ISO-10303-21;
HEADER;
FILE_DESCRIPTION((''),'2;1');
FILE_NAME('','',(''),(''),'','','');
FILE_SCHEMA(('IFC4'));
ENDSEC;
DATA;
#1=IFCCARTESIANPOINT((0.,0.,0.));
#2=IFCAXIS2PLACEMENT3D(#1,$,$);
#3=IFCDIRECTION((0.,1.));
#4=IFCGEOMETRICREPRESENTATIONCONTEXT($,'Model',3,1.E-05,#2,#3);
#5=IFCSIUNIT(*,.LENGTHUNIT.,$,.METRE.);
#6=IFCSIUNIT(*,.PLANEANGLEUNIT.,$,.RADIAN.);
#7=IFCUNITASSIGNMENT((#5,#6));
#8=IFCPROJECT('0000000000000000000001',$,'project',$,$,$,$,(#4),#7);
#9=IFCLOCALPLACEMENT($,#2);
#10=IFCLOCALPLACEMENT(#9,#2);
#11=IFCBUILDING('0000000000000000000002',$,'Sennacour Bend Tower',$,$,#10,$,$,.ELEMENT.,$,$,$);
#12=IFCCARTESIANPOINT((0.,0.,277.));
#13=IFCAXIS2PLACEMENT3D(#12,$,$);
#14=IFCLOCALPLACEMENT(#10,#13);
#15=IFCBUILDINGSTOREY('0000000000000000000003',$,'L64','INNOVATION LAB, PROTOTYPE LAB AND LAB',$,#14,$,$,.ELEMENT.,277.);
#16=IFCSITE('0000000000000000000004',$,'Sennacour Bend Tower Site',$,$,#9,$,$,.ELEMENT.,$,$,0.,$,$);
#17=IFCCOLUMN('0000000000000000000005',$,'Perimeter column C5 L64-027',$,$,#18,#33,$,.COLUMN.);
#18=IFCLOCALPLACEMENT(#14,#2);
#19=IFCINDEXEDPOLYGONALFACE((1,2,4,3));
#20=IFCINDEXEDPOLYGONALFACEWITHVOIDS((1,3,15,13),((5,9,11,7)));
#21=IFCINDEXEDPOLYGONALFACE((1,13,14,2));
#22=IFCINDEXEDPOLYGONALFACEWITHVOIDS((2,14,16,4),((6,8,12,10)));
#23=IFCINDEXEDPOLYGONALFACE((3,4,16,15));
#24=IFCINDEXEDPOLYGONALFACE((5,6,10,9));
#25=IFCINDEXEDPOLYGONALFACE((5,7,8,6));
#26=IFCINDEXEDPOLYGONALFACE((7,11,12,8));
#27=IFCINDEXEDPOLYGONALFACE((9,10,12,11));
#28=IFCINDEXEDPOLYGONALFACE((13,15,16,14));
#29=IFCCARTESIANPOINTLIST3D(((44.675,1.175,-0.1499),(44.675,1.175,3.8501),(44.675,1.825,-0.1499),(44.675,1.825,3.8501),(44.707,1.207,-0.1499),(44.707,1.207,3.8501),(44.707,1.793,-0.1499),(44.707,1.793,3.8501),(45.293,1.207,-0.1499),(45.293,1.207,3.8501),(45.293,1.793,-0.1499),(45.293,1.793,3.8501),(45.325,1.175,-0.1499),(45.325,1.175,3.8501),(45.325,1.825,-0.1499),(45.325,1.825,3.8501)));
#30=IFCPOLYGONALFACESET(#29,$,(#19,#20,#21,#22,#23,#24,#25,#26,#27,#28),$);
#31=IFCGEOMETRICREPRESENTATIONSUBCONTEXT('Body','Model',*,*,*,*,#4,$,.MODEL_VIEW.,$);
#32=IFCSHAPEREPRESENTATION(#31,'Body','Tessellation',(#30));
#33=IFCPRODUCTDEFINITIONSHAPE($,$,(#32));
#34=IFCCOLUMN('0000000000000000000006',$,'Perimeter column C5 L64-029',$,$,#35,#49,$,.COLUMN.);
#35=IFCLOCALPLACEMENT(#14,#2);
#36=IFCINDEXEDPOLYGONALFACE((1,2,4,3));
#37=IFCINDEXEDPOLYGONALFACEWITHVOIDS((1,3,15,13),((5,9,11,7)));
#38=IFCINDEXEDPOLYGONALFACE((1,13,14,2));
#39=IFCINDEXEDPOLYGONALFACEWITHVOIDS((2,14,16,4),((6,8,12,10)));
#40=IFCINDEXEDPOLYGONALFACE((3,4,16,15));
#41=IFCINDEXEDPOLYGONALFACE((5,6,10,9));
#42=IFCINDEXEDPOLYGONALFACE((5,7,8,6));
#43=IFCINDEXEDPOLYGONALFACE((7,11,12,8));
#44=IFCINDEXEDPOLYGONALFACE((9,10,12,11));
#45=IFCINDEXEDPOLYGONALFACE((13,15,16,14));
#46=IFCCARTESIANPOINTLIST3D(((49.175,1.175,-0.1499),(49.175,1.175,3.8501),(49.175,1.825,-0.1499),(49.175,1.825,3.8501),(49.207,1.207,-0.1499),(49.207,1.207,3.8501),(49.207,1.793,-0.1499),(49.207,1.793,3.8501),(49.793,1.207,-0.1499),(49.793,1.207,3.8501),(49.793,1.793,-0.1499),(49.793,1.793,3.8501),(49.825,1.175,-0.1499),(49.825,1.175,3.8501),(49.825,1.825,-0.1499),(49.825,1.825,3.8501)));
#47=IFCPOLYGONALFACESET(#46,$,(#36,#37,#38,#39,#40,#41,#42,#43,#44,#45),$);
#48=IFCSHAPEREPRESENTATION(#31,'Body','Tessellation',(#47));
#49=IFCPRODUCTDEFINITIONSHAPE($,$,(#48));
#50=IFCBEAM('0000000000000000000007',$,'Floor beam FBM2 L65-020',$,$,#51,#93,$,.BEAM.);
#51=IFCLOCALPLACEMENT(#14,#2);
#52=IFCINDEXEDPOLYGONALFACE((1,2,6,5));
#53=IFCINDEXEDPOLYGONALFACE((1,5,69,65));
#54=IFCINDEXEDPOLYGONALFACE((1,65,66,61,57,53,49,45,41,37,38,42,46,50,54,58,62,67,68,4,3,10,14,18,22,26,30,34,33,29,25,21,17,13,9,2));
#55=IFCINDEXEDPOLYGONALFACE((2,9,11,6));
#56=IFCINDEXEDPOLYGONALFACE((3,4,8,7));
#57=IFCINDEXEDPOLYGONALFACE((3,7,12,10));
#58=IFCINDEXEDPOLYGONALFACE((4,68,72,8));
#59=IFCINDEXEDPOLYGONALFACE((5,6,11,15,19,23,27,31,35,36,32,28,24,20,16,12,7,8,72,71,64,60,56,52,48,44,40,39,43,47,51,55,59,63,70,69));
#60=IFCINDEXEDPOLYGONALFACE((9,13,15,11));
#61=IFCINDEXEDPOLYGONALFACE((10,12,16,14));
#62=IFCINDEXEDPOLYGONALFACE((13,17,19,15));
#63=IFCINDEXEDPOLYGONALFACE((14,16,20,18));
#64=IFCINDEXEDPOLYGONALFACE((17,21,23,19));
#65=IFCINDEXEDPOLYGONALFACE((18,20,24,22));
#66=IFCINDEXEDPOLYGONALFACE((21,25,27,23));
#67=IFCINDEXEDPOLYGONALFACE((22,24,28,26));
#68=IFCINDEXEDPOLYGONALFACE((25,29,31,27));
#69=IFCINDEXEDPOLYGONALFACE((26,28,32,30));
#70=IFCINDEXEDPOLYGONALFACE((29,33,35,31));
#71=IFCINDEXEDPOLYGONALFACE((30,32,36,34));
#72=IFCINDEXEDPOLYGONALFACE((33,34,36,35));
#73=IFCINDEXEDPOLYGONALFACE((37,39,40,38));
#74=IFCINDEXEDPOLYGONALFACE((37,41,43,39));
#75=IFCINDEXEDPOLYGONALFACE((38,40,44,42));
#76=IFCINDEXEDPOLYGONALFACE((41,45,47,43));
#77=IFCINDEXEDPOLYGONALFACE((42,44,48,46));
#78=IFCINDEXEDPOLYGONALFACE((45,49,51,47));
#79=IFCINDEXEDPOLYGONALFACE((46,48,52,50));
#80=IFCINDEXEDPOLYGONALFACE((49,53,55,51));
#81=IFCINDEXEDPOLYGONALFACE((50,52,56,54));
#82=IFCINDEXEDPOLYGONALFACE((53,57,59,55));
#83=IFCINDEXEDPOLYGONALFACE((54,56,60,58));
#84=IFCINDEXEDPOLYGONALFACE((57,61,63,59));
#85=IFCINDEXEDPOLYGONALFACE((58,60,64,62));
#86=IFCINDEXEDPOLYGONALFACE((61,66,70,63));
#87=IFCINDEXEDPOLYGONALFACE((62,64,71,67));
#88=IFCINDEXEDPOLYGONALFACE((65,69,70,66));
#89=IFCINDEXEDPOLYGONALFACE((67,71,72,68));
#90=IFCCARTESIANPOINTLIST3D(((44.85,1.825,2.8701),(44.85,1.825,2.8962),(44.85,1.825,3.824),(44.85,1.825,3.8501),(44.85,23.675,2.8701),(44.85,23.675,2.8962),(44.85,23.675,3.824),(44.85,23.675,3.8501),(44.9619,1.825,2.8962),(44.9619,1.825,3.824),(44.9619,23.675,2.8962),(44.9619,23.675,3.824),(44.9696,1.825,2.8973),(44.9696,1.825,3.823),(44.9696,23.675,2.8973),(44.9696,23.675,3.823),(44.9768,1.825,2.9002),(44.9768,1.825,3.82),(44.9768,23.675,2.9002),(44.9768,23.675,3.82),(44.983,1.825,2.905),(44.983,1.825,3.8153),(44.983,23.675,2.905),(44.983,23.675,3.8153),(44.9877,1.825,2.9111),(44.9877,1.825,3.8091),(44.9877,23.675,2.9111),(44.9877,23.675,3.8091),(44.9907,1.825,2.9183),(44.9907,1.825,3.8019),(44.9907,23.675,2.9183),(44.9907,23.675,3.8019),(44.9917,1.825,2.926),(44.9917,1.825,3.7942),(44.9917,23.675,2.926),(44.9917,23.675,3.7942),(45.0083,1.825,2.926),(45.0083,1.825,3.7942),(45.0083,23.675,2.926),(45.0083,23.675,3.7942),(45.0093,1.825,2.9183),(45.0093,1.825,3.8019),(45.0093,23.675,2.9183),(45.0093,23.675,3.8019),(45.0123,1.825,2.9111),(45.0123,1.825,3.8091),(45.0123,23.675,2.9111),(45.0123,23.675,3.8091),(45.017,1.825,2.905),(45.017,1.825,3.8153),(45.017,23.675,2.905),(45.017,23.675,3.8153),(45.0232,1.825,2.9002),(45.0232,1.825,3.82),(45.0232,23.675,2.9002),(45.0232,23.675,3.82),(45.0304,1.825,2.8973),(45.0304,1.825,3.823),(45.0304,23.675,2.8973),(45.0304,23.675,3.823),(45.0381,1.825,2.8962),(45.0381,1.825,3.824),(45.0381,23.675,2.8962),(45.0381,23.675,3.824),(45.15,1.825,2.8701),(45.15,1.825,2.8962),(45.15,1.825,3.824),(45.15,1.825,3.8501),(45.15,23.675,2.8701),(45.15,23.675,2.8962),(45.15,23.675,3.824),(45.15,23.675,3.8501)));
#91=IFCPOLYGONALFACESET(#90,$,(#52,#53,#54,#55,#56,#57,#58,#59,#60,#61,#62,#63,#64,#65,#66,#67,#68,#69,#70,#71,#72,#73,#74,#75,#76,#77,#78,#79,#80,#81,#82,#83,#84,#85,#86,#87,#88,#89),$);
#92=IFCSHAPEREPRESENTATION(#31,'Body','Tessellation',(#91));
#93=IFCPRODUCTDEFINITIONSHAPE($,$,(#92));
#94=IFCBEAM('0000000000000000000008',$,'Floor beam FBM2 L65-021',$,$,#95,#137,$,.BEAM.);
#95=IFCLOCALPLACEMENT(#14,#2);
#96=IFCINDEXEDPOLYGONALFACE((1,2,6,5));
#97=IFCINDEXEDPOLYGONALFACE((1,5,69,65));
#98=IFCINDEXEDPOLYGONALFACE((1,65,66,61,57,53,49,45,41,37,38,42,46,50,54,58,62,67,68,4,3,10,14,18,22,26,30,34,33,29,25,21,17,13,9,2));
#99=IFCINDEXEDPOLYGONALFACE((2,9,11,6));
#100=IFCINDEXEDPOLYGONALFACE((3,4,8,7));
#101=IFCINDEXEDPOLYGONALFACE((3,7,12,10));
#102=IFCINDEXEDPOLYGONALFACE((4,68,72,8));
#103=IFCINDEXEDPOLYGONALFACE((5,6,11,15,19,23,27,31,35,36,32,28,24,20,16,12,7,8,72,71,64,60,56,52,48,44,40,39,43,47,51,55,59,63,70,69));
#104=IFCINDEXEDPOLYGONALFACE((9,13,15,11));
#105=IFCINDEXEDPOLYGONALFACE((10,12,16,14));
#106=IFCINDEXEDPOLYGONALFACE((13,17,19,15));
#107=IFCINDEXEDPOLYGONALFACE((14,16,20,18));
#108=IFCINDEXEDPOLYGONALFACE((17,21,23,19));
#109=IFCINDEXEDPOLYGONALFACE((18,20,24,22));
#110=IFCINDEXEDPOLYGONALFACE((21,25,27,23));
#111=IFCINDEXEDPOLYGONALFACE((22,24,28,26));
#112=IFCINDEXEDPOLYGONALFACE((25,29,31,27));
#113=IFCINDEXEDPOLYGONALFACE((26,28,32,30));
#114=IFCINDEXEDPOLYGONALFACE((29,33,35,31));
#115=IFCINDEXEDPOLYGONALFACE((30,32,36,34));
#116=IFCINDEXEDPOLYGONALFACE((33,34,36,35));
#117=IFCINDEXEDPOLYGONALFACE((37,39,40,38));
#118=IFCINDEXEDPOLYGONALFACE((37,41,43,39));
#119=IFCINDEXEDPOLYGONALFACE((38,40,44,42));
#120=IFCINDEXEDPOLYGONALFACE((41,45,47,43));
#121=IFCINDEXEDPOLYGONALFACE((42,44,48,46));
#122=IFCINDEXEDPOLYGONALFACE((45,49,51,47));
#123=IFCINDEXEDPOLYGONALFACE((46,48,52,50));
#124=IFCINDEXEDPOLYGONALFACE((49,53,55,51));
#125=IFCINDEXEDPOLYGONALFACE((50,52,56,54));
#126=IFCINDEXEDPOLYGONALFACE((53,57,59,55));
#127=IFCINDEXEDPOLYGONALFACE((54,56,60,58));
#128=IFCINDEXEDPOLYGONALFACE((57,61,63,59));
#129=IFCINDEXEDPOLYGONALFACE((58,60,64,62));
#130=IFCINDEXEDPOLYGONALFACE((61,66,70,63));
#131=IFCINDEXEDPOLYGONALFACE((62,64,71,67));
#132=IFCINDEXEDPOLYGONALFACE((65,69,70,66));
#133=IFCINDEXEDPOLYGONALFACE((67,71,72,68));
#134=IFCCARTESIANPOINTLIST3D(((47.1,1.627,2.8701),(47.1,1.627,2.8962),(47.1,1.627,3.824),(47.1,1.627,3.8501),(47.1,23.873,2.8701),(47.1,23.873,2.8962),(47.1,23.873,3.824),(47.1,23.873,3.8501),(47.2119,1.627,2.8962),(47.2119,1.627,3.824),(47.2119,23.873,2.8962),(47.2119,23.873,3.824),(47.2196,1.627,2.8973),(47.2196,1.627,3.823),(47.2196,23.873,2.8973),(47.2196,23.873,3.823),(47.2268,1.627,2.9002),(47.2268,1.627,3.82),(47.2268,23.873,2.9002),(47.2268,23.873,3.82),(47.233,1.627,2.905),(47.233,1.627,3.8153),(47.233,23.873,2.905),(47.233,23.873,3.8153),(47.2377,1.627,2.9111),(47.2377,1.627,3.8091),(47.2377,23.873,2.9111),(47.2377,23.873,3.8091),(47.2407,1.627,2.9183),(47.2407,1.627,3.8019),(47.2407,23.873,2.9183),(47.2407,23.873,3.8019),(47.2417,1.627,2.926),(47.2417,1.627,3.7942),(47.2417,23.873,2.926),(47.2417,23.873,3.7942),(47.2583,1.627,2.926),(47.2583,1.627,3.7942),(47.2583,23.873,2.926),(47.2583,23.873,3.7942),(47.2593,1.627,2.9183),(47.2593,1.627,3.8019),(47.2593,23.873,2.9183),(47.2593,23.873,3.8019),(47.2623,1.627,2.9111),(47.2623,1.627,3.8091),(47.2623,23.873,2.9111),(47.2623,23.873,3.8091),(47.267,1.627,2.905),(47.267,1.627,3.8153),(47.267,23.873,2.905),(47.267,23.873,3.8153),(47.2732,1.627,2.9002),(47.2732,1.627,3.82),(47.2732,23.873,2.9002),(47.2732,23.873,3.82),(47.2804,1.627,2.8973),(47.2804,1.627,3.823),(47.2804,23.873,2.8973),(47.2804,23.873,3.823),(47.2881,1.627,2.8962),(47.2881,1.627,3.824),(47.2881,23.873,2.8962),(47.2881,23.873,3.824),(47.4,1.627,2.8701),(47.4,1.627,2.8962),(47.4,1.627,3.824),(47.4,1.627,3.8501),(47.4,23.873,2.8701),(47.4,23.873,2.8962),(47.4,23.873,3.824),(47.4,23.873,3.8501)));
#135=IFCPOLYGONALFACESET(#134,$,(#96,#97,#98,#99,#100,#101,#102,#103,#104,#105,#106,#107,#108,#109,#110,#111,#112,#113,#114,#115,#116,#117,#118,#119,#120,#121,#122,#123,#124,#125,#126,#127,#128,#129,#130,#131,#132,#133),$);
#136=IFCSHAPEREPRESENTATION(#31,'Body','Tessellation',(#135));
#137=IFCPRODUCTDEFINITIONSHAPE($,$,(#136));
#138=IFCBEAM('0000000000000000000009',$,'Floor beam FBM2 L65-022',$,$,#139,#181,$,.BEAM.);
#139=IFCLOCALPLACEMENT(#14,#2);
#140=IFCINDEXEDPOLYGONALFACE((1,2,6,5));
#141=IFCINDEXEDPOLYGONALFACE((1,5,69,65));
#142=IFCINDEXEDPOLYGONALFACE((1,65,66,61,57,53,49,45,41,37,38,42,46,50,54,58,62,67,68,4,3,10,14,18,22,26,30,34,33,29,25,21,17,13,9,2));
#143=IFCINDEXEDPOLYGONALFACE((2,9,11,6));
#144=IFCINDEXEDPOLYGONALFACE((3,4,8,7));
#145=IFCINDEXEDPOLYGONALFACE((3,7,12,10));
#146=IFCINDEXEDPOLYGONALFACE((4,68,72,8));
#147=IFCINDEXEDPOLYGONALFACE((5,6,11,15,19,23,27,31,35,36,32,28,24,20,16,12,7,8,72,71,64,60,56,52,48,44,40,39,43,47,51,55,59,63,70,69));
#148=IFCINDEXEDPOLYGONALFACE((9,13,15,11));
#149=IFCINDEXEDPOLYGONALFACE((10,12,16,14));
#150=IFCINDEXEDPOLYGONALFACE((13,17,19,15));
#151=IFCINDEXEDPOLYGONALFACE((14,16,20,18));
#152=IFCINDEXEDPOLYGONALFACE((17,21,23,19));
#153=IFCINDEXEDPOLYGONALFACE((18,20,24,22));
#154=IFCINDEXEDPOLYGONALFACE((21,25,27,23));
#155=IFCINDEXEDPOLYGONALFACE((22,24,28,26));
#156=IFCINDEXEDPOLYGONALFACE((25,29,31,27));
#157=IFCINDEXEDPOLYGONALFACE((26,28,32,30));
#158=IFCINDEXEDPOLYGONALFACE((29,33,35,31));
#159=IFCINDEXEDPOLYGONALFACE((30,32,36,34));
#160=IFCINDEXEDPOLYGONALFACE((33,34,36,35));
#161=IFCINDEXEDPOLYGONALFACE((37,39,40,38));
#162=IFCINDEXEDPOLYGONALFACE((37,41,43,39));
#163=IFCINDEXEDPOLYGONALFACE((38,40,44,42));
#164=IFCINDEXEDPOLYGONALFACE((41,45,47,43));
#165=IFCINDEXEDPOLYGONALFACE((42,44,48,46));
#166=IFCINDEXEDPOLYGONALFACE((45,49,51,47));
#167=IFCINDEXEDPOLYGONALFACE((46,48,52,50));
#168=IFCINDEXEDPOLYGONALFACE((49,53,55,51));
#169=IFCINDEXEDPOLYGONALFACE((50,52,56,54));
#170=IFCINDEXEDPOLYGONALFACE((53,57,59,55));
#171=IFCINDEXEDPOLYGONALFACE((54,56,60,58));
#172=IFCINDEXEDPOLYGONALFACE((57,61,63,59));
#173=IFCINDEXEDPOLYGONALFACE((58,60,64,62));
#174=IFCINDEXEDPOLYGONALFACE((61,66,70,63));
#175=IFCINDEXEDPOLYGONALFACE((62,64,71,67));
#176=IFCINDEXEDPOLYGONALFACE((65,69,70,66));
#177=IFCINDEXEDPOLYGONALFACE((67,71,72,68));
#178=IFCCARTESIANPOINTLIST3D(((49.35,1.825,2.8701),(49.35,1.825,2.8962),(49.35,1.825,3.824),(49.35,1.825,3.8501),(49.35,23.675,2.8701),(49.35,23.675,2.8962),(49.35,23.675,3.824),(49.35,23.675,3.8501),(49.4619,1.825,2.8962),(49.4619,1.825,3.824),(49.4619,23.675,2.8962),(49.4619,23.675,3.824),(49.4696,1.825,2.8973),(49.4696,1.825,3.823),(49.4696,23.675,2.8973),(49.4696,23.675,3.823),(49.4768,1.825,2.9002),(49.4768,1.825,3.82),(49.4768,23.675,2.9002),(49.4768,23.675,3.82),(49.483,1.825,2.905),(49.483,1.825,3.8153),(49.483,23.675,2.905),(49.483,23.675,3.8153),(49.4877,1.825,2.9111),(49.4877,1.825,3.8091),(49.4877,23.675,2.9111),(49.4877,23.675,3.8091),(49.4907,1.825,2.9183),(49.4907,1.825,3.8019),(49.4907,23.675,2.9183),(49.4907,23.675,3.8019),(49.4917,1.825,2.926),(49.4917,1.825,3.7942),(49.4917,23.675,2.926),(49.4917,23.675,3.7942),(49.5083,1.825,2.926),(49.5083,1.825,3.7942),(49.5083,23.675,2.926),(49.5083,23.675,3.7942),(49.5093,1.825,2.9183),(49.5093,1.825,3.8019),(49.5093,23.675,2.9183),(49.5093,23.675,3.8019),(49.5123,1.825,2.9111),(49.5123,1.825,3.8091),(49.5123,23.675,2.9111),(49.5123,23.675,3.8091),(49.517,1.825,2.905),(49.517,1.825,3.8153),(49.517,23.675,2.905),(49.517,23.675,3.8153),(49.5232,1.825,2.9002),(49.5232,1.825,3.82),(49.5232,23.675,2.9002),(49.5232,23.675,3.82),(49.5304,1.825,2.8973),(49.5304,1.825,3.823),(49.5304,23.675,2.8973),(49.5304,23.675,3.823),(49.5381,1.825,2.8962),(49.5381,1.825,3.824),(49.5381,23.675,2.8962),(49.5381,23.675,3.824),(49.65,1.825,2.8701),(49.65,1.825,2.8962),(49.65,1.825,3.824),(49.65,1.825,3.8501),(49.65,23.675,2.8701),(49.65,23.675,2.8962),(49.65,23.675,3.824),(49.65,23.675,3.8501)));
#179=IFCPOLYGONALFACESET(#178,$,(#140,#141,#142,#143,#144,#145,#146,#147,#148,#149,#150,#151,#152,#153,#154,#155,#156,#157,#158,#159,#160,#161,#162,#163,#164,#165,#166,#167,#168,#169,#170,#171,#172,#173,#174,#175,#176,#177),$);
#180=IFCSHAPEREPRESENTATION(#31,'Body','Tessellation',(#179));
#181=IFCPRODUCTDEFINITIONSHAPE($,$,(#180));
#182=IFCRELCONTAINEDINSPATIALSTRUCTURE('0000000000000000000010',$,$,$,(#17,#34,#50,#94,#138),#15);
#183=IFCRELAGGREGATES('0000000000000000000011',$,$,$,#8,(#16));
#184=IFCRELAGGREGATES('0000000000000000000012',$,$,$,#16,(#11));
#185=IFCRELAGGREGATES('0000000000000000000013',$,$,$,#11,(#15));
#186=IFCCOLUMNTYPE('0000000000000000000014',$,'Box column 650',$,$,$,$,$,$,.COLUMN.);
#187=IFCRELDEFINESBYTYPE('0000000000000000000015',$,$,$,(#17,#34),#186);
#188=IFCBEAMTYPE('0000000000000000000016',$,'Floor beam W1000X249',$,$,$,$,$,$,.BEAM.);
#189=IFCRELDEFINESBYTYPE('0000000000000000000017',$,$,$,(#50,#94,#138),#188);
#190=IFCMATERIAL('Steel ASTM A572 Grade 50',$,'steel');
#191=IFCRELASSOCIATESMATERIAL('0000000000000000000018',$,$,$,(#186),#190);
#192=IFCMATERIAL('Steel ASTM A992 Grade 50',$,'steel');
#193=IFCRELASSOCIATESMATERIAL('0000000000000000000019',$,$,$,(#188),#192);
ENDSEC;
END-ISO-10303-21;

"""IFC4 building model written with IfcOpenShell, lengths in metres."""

from ifc_helpers import new_model, si_unit, direction, frame, origin, origin_2d, place, context, subcontext, project, spatial, hollow_rectangle, i_section, extrude, material, material_profile, profile_set, type_object, element, save


model = new_model("IFC4")

# Units and contexts
model_context = context("Model", 3, precision=1e-05, world=origin(), true_north=direction((0.0, 1.0)))
body_context = subcontext(model_context, "Body", "Model", "MODEL_VIEW")
ifc_project = project(units=[si_unit("LENGTHUNIT", "METRE"), si_unit("PLANEANGLEUNIT", "RADIAN")], contexts=[model_context])

# Site, building, storey
site_placement = place(None, origin())
site = spatial("IfcSite", under=ifc_project, at=site_placement, Name="Sennacour Bend Tower Site", CompositionType="ELEMENT", RefElevation=0.0)
building_placement = place(site_placement, origin())
building = spatial("IfcBuilding", under=site, at=building_placement, Name="Sennacour Bend Tower", CompositionType="ELEMENT")
storey_placement = place(building_placement, frame((0.0, 0.0, 277.0)))
storey = spatial("IfcBuildingStorey", under=building, at=storey_placement, Name="L64", Description="INNOVATION LAB, PROTOTYPE LAB AND LAB", CompositionType="ELEMENT", Elevation=277.0)

# Columns
ifc_material_1 = material(Name="Steel ASTM A572 Grade 50", Category="steel")
ifc_material_profile_1 = material_profile(ifc_material_1, hollow_rectangle(XDim=0.6499, YDim=0.6499, WallThickness=0.032, at=origin_2d()), Name="Steel ASTM A572 Grade 50", Category="steel")
ifc_profile_set_1 = profile_set([ifc_material_profile_1], Name="Steel ASTM A572 Grade 50")
column_type = type_object("IfcColumnType", Name="Box column 650", PredefinedType="COLUMN", material=ifc_profile_set_1)
for number, where, z_axis, x_axis, name in (
    (1, (45.0, 1.5, -0.1499), (0.0, 0.0, 1.0), (1.0, 0.0, 0.0), "Perimeter column C5 L64-027"),
    (2, (49.5, 1.5, -0.1499), (0.0, 0.0, 1.0), (1.0, 0.0, 0.0), "Perimeter column C5 L64-029"),
):
    element("IfcColumn", number, at=place(storey_placement, frame(where, z_axis=z_axis, x_axis=x_axis)), inside=storey, type_object=column_type, Name=name, PredefinedType="COLUMN", context=body_context, shape_type="SweptSolid", body=[
        extrude(hollow_rectangle(XDim=0.6499, YDim=0.6499, WallThickness=0.032, at=origin_2d()), origin(), (0.0, 0.0, 1.0), 4.0),
    ])

# Beams
ifc_material_2 = material(Name="Steel ASTM A992 Grade 50", Category="steel")
ifc_material_profile_2 = material_profile(ifc_material_2, i_section(OverallWidth=0.3, OverallDepth=0.98, WebThickness=0.0166, FlangeThickness=0.0261, FilletRadius=0.0298, at=origin_2d()), Name="Steel ASTM A992 Grade 50", Category="steel")
ifc_profile_set_2 = profile_set([ifc_material_profile_2], Name="Steel ASTM A992 Grade 50")
beam_type_1 = type_object("IfcBeamType", Name="Floor beam W1000X249", PredefinedType="BEAM", material=ifc_profile_set_2)
beam_1_placement = place(storey_placement, frame((45.0, 1.825, 3.3601), z_axis=(0.0, 1.0, 0.0), x_axis=(-1.0, 0.0, 0.0)))
element("IfcBeam", 3, at=beam_1_placement, inside=storey, type_object=beam_type_1, Name="Floor beam FBM2 L65-020", PredefinedType="BEAM", context=body_context, shape_type="SweptSolid", body=[
    extrude(i_section(OverallWidth=0.3, OverallDepth=0.98, WebThickness=0.0166, FlangeThickness=0.0261, FilletRadius=0.0298, at=origin_2d()), origin(), (0.0, 0.0, 1.0), 21.8501),
])
beam_2_placement = place(storey_placement, frame((47.25, 1.627, 3.3601), z_axis=(0.0, 1.0, 0.0), x_axis=(-1.0, 0.0, 0.0)))
element("IfcBeam", 4, at=beam_2_placement, inside=storey, type_object=beam_type_1, Name="Floor beam FBM2 L65-021", PredefinedType="BEAM", context=body_context, shape_type="SweptSolid", body=[
    extrude(i_section(OverallWidth=0.3, OverallDepth=0.98, WebThickness=0.0166, FlangeThickness=0.0261, FilletRadius=0.0298, at=origin_2d()), origin(), (0.0, 0.0, 1.0), 22.2461),
])
beam_3_placement = place(storey_placement, frame((49.5, 1.825, 3.3601), z_axis=(0.0, 1.0, 0.0), x_axis=(-1.0, 0.0, 0.0)))
element("IfcBeam", 5, at=beam_3_placement, inside=storey, type_object=beam_type_1, Name="Floor beam FBM2 L65-022", PredefinedType="BEAM", context=body_context, shape_type="SweptSolid", body=[
    extrude(i_section(OverallWidth=0.3, OverallDepth=0.98, WebThickness=0.0166, FlangeThickness=0.0261, FilletRadius=0.0298, at=origin_2d()), origin(), (0.0, 0.0, 1.0), 21.8501),
])

save(model, "model.ifc")
